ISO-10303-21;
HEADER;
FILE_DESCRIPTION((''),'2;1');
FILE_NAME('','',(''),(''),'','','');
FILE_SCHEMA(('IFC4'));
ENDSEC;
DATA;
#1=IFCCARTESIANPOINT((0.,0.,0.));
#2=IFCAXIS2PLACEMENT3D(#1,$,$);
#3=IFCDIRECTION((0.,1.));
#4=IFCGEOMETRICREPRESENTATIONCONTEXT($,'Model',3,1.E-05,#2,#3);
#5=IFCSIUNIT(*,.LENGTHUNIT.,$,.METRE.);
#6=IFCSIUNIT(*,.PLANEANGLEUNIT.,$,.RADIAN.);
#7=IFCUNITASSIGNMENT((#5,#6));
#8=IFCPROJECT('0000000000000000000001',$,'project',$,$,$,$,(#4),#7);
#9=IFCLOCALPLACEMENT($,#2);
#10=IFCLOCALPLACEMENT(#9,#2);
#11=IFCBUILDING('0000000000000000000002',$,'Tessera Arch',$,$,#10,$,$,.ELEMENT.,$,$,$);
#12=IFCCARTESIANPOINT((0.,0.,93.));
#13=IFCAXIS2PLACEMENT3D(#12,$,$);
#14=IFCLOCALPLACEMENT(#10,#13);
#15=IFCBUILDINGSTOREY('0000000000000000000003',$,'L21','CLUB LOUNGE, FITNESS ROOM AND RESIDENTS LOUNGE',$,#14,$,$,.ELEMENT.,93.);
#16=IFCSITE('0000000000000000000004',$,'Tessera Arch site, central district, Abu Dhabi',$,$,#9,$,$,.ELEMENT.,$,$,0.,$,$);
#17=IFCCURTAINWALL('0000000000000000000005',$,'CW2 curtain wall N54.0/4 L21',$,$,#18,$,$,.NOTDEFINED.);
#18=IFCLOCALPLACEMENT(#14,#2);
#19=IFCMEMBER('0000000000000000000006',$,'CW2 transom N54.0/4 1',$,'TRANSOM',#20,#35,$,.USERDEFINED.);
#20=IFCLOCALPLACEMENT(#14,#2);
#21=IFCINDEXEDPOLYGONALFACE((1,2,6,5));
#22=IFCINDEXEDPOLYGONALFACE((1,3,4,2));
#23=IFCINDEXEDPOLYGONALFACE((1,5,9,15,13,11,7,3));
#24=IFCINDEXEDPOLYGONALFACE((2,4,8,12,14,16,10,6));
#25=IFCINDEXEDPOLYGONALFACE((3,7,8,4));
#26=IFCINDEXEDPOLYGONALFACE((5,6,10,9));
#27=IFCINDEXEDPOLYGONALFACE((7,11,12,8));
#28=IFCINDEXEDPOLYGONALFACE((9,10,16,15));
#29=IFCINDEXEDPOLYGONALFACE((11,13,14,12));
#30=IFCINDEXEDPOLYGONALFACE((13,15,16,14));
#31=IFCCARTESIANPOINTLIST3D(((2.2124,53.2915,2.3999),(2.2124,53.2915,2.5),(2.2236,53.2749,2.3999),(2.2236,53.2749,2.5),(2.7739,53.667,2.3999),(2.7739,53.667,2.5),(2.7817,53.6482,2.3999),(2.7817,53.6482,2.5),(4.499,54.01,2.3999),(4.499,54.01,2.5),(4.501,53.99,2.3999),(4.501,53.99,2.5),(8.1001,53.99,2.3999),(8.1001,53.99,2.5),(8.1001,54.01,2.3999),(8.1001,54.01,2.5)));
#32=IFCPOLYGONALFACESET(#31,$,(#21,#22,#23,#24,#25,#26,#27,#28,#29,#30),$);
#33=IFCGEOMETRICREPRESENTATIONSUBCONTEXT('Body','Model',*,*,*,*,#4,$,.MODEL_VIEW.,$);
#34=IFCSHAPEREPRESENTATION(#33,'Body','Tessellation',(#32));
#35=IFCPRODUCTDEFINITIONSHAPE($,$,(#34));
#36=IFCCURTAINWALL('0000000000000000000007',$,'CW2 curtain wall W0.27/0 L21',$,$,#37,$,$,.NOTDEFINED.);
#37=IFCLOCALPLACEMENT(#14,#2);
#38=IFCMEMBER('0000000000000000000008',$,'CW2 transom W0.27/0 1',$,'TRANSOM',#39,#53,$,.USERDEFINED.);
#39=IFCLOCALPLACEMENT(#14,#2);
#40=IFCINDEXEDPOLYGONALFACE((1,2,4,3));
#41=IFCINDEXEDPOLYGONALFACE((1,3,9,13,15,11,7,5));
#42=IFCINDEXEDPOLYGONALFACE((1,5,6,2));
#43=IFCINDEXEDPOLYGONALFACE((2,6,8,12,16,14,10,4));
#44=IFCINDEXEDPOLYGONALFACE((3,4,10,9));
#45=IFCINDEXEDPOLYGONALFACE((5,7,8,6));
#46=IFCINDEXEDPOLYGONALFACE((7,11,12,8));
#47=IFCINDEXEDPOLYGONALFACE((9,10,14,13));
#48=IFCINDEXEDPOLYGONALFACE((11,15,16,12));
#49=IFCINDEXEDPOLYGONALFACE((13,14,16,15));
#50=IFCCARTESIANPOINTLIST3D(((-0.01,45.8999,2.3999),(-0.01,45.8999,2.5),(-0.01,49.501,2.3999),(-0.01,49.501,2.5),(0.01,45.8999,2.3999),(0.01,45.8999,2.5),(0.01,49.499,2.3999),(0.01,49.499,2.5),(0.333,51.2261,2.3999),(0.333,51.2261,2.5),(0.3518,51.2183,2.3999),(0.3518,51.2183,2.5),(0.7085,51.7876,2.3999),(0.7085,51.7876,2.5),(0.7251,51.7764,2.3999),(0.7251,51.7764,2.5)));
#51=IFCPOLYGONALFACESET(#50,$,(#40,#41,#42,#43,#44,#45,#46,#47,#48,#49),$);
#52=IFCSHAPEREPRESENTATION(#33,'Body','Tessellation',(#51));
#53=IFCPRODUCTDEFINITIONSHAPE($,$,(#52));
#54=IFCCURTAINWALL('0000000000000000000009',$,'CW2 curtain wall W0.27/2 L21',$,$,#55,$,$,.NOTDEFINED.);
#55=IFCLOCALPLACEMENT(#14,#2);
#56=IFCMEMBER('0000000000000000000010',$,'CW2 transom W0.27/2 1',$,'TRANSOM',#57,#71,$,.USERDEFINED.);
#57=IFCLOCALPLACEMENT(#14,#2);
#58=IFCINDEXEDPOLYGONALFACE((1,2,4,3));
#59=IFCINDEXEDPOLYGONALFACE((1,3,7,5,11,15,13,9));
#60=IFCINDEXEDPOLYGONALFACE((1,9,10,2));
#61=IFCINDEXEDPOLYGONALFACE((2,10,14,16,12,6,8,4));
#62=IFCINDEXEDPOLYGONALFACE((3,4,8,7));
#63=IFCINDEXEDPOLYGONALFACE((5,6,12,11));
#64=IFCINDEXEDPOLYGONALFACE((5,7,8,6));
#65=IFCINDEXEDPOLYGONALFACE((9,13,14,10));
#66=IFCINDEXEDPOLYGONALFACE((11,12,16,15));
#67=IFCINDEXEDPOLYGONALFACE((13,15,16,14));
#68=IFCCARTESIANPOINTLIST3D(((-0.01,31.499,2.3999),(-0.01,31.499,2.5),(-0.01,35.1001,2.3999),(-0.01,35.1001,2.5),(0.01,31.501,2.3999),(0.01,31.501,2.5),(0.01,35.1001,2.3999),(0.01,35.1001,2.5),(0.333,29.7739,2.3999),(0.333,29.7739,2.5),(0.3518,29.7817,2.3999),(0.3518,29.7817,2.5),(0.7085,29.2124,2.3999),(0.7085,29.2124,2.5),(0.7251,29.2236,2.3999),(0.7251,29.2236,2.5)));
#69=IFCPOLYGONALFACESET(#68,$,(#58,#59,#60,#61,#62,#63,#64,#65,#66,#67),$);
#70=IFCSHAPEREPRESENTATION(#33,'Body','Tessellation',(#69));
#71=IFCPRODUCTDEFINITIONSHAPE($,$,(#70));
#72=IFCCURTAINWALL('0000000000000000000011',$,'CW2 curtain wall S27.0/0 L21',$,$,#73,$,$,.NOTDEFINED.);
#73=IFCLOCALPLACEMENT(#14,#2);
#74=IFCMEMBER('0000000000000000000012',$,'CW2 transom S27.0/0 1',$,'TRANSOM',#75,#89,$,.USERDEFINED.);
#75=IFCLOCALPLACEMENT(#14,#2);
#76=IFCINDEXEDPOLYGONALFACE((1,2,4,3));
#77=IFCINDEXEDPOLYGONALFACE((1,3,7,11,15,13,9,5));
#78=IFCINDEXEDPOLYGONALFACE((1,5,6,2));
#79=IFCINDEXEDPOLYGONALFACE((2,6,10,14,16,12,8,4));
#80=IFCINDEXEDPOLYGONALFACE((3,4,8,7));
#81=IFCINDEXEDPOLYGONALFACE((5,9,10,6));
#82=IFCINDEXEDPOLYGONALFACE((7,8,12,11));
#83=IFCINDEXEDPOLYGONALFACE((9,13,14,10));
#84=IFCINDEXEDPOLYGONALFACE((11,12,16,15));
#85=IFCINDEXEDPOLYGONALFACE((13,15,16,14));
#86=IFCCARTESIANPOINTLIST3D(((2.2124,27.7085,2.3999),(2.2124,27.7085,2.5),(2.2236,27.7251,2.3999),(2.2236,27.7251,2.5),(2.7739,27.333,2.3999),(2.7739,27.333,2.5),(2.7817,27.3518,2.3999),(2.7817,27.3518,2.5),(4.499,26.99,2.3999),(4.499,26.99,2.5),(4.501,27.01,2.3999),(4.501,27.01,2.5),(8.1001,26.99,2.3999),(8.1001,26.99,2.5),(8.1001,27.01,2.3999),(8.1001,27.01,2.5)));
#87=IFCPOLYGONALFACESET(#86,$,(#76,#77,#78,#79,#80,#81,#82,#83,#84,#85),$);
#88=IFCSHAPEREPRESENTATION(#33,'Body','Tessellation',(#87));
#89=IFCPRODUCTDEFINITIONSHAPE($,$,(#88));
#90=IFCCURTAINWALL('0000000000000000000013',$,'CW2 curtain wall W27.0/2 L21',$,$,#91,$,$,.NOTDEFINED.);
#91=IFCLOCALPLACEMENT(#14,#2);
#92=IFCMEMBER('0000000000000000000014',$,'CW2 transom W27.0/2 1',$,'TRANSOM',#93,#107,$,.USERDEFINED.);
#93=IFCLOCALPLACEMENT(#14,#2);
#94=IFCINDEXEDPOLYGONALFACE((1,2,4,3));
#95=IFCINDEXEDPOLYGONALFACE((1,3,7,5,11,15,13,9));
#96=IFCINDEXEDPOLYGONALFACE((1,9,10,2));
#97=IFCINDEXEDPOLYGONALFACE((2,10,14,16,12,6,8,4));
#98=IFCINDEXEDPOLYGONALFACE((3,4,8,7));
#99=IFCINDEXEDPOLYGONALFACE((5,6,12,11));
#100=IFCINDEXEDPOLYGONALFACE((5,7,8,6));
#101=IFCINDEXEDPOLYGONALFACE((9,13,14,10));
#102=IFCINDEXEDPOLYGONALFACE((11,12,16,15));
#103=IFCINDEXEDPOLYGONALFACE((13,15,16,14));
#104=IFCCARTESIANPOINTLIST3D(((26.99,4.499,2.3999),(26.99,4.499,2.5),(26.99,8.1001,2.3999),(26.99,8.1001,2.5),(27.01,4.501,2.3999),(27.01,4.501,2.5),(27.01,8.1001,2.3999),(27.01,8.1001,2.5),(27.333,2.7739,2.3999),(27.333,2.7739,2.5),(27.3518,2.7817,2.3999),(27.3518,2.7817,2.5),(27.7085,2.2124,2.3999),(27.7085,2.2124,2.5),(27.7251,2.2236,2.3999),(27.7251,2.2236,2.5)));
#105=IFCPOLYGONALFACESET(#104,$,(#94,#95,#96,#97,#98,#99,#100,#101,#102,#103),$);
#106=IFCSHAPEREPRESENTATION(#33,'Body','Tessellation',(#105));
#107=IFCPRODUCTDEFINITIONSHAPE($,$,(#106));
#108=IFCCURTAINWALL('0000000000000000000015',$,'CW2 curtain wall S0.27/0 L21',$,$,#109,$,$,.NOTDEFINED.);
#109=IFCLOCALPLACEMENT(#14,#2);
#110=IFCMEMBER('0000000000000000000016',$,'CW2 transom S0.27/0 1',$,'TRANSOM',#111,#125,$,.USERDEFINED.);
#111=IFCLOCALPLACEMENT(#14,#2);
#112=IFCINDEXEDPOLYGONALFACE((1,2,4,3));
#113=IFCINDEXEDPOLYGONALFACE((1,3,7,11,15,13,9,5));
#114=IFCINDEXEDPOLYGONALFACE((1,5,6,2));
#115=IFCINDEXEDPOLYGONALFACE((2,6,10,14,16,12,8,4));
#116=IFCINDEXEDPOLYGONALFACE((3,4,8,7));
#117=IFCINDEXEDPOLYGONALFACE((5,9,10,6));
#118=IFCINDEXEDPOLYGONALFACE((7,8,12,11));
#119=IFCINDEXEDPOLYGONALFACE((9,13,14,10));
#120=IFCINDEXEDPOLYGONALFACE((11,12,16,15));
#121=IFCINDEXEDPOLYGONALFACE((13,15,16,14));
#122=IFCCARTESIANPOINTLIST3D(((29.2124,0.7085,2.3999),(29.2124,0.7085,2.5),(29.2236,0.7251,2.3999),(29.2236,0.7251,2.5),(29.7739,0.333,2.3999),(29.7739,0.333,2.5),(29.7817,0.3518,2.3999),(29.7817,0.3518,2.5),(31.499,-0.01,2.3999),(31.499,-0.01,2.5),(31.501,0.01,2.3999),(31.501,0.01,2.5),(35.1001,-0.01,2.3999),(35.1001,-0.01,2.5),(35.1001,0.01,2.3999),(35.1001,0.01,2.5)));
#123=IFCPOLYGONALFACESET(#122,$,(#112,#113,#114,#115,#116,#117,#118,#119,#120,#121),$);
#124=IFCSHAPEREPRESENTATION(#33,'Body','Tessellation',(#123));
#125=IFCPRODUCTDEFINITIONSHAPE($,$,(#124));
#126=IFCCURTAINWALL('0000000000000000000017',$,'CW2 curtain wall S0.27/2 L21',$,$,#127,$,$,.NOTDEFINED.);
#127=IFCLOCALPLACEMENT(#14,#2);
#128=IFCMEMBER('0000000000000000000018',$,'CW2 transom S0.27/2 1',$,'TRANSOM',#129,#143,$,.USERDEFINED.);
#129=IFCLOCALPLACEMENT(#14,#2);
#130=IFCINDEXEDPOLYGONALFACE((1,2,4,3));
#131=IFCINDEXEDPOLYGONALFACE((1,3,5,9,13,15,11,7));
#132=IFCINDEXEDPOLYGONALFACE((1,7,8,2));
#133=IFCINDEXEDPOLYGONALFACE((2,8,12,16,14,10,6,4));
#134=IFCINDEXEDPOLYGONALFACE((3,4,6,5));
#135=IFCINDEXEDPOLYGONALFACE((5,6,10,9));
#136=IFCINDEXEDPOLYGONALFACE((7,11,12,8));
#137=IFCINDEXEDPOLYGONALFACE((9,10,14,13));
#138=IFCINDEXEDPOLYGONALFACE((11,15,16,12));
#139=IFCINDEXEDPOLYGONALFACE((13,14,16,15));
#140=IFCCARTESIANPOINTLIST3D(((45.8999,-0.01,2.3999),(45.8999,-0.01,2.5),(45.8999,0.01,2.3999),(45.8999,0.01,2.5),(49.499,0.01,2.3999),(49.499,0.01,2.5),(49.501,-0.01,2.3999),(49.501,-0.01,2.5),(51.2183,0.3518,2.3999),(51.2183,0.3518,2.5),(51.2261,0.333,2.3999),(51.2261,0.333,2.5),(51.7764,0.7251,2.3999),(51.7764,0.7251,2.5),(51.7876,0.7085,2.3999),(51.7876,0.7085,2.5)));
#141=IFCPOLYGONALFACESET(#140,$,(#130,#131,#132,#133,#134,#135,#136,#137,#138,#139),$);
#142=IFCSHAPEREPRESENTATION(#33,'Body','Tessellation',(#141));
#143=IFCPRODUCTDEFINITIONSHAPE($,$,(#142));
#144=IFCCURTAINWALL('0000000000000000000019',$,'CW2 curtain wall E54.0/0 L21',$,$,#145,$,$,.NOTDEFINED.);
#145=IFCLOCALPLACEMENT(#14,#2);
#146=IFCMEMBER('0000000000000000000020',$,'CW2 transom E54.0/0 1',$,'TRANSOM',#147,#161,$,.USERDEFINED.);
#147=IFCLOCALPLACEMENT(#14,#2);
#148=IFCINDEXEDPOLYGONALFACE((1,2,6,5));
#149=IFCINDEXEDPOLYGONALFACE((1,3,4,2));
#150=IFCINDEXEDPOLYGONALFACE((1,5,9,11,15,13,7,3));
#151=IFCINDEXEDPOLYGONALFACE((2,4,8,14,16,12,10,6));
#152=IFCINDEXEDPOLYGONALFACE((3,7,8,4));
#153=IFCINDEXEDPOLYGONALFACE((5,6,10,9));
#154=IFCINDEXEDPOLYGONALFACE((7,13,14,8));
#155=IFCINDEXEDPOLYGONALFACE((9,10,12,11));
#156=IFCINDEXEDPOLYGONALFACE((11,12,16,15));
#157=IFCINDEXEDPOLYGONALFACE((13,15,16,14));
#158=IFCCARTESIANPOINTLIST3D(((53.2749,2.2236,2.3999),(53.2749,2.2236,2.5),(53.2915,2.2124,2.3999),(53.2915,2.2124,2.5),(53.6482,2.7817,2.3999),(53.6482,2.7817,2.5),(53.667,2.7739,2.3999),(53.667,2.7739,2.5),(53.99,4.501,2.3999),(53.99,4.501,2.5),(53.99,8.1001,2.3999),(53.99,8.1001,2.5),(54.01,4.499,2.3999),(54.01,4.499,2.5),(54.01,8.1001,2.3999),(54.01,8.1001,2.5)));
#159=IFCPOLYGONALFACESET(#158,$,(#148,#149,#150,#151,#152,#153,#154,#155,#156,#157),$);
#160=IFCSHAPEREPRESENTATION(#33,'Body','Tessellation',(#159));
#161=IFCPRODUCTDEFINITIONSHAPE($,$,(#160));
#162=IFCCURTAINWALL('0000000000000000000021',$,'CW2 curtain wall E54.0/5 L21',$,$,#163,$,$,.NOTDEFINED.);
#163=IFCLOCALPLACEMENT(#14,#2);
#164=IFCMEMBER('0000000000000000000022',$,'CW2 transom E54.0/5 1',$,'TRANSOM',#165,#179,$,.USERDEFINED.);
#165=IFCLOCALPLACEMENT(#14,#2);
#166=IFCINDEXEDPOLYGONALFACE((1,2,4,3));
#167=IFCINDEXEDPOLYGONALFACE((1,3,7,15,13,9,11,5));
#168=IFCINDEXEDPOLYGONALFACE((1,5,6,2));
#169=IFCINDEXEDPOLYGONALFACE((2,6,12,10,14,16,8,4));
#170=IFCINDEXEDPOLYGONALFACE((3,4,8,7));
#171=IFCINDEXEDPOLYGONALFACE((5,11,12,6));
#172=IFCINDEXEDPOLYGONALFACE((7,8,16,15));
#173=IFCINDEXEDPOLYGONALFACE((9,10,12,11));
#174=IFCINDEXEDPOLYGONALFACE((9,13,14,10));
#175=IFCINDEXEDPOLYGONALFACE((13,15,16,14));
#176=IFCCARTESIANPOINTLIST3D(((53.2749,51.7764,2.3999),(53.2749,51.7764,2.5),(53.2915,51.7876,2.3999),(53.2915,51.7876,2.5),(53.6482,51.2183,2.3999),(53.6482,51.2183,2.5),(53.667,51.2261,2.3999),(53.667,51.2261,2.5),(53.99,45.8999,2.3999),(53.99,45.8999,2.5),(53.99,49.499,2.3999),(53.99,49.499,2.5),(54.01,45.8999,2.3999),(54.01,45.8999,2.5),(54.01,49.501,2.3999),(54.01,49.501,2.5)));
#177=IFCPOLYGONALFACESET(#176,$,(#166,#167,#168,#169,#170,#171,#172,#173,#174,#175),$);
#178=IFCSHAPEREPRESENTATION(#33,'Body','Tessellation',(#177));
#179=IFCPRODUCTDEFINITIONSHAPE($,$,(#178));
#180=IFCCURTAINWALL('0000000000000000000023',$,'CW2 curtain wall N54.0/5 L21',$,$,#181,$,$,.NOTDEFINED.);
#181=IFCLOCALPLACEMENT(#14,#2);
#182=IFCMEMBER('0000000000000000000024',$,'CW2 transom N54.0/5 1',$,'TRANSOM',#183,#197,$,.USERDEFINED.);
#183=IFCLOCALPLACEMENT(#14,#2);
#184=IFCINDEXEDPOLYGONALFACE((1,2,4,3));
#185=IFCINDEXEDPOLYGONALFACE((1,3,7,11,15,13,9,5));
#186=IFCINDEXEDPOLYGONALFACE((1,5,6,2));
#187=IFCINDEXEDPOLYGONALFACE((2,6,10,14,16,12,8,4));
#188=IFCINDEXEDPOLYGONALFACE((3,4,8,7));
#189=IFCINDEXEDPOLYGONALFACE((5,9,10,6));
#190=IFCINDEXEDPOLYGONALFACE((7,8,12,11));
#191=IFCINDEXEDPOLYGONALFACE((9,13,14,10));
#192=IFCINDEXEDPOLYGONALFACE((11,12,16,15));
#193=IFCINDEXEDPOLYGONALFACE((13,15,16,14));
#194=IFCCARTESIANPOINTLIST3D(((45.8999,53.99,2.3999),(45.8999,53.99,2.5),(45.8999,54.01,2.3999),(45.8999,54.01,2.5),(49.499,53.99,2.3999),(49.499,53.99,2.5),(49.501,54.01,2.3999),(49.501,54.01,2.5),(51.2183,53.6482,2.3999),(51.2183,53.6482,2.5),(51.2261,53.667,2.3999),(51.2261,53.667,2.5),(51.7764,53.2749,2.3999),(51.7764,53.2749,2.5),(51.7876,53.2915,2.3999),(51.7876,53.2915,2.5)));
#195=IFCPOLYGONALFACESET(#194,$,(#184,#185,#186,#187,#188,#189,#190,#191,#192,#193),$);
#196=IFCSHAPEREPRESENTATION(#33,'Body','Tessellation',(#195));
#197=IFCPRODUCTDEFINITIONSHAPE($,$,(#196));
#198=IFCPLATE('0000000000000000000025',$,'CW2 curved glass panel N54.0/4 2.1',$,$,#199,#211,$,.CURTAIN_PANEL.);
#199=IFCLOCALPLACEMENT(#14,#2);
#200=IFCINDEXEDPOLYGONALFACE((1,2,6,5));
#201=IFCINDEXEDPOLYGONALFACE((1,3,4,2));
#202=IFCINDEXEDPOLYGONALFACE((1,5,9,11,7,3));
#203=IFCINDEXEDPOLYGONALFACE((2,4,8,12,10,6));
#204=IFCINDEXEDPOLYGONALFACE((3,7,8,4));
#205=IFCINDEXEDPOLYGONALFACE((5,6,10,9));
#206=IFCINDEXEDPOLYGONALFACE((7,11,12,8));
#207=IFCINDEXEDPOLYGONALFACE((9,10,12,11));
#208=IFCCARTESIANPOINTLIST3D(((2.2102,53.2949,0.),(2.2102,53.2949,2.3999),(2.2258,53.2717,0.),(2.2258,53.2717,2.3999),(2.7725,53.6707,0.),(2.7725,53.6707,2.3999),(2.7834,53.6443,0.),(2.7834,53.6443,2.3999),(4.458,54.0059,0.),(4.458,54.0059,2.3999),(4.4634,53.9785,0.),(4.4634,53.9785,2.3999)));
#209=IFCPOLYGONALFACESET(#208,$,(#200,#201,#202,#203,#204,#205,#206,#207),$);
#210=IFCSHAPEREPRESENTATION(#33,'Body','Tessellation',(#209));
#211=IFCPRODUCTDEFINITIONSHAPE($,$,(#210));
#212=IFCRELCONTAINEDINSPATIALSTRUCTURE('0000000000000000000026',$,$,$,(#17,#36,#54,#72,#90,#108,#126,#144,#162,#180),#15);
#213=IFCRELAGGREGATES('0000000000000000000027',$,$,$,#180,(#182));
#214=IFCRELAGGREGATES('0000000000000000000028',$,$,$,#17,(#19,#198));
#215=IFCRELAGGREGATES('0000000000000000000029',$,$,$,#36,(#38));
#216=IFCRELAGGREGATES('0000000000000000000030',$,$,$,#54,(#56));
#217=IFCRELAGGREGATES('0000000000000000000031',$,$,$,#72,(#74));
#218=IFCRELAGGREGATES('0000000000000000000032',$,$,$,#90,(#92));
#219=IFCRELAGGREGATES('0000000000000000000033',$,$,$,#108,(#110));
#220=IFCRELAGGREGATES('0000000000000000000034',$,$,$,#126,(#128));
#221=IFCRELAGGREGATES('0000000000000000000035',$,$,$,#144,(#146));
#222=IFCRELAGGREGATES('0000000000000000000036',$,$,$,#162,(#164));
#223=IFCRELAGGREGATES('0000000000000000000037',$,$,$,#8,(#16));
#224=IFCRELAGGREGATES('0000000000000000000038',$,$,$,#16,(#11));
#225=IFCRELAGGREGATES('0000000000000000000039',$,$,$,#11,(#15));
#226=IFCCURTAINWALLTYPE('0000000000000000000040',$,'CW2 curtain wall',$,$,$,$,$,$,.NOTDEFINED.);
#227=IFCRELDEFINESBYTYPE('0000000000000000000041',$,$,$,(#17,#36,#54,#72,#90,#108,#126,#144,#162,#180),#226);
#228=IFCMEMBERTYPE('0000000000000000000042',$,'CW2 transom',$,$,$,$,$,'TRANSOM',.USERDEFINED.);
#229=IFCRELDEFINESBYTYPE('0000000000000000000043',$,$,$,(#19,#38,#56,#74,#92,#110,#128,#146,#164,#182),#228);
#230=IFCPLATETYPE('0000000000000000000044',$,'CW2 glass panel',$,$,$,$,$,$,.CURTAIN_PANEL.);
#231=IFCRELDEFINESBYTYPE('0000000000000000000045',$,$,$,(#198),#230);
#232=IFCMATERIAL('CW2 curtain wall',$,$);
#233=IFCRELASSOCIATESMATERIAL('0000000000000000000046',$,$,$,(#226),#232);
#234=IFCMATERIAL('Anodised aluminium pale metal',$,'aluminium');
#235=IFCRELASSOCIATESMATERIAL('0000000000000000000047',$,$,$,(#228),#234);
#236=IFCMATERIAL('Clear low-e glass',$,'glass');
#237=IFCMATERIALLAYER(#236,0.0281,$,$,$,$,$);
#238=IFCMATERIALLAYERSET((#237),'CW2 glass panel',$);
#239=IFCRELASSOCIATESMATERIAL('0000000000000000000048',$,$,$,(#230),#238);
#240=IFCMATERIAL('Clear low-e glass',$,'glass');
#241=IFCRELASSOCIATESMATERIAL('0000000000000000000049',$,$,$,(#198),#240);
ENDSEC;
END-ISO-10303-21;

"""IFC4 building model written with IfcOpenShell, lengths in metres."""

from ifc_helpers import new_model, si_unit, direction, frame, origin, origin_2d, place, context, subcontext, project, spatial, polyline, rectangle, outline, extrude, material, layer, layer_set, material_profile, profile_set, type_object, element, aggregate, save


model = new_model("IFC4")

# Units and contexts
model_context = context("Model", 3, precision=1e-05, world=origin(), true_north=direction((0.0, 1.0)))
body_context = subcontext(model_context, "Body", "Model", "MODEL_VIEW")
ifc_project = project(units=[si_unit("LENGTHUNIT", "METRE"), si_unit("PLANEANGLEUNIT", "RADIAN")], contexts=[model_context])

# Site, building, storey
site_placement = place(None, origin())
site = spatial("IfcSite", under=ifc_project, at=site_placement, Name="Tessera Arch site, central district, Abu Dhabi", CompositionType="ELEMENT", RefElevation=0.0)
building_placement = place(site_placement, origin())
building = spatial("IfcBuilding", under=site, at=building_placement, Name="Tessera Arch", CompositionType="ELEMENT")
storey_placement = place(building_placement, frame((0.0, 0.0, 93.0)))
storey = spatial("IfcBuildingStorey", under=building, at=storey_placement, Name="L21", Description="CLUB LOUNGE, FITNESS ROOM AND RESIDENTS LOUNGE", CompositionType="ELEMENT", Elevation=93.0)

# Curtain walls, members
ifc_material_1 = material(Name="CW2 curtain wall")
curtain_wall_type = type_object("IfcCurtainWallType", Name="CW2 curtain wall", PredefinedType="NOTDEFINED", material=ifc_material_1)
curtain_wall_1_placement = place(storey_placement, origin())
curtain_wall_1 = element("IfcCurtainWall", 1, at=curtain_wall_1_placement, inside=storey, type_object=curtain_wall_type, Name="CW2 curtain wall N54.0/4 L21", PredefinedType="NOTDEFINED")
ifc_material_2 = material(Name="Anodised aluminium pale metal", Category="aluminium")
ifc_material_profile = material_profile(ifc_material_2, rectangle(XDim=0.2, YDim=0.1001, at=origin_2d()), Name="AL 200x100")
ifc_profile_set = profile_set([ifc_material_profile], Name="Anodised aluminium pale metal")
member_type = type_object("IfcMemberType", Name="CW2 transom", ElementType="TRANSOM", PredefinedType="USERDEFINED", material=ifc_profile_set)
member_1_placement = place(storey_placement, frame((0.0, 0.0, 2.3999)))
member_1 = element("IfcMember", 2, at=member_1_placement, type_object=member_type, Name="CW2 transom N54.0/4 1", ObjectType="TRANSOM", PredefinedType="USERDEFINED", context=body_context, shape_type="SweptSolid", body=[
    extrude(outline(polyline([(4.501, 53.99), (8.1001, 53.99), (8.1001, 54.01), (4.499, 54.01), (2.7739, 53.667), (2.2124, 53.2915), (2.2236, 53.2749), (2.7817, 53.6482), (4.501, 53.99)])), origin(), (0.0, 0.0, 1.0), 0.1001),
])
curtain_wall_2_placement = place(storey_placement, origin())
curtain_wall_2 = element("IfcCurtainWall", 3, at=curtain_wall_2_placement, inside=storey, type_object=curtain_wall_type, Name="CW2 curtain wall W0.27/0 L21", PredefinedType="NOTDEFINED")
member_2_placement = place(storey_placement, frame((0.0, 0.0, 2.3999)))
member_2 = element("IfcMember", 4, at=member_2_placement, type_object=member_type, Name="CW2 transom W0.27/0 1", ObjectType="TRANSOM", PredefinedType="USERDEFINED", context=body_context, shape_type="SweptSolid", body=[
    extrude(outline(polyline([(0.3518, 51.2183), (0.7251, 51.7764), (0.7085, 51.7876), (0.333, 51.2261), (-0.01, 49.501), (-0.01, 45.8999), (0.01, 45.8999), (0.01, 49.499), (0.3518, 51.2183)])), origin(), (0.0, 0.0, 1.0), 0.1001),
])
curtain_wall_3_placement = place(storey_placement, origin())
curtain_wall_3 = element("IfcCurtainWall", 5, at=curtain_wall_3_placement, inside=storey, type_object=curtain_wall_type, Name="CW2 curtain wall W0.27/2 L21", PredefinedType="NOTDEFINED")
member_3_placement = place(storey_placement, frame((0.0, 0.0, 2.3999)))
member_3 = element("IfcMember", 6, at=member_3_placement, type_object=member_type, Name="CW2 transom W0.27/2 1", ObjectType="TRANSOM", PredefinedType="USERDEFINED", context=body_context, shape_type="SweptSolid", body=[
    extrude(outline(polyline([(0.01, 31.501), (0.01, 35.1001), (-0.01, 35.1001), (-0.01, 31.499), (0.333, 29.7739), (0.7085, 29.2124), (0.7251, 29.2236), (0.3518, 29.7817), (0.01, 31.501)])), origin(), (0.0, 0.0, 1.0), 0.1001),
])
curtain_wall_4_placement = place(storey_placement, origin())
curtain_wall_4 = element("IfcCurtainWall", 7, at=curtain_wall_4_placement, inside=storey, type_object=curtain_wall_type, Name="CW2 curtain wall S27.0/0 L21", PredefinedType="NOTDEFINED")
member_4_placement = place(storey_placement, frame((0.0, 0.0, 2.3999)))
member_4 = element("IfcMember", 8, at=member_4_placement, type_object=member_type, Name="CW2 transom S27.0/0 1", ObjectType="TRANSOM", PredefinedType="USERDEFINED", context=body_context, shape_type="SweptSolid", body=[
    extrude(outline(polyline([(2.7817, 27.3518), (2.2236, 27.7251), (2.2124, 27.7085), (2.7739, 27.333), (4.499, 26.99), (8.1001, 26.99), (8.1001, 27.01), (4.501, 27.01), (2.7817, 27.3518)])), origin(), (0.0, 0.0, 1.0), 0.1001),
])
curtain_wall_5_placement = place(storey_placement, origin())
curtain_wall_5 = element("IfcCurtainWall", 9, at=curtain_wall_5_placement, inside=storey, type_object=curtain_wall_type, Name="CW2 curtain wall W27.0/2 L21", PredefinedType="NOTDEFINED")
member_5_placement = place(storey_placement, frame((0.0, 0.0, 2.3999)))
member_5 = element("IfcMember", 10, at=member_5_placement, type_object=member_type, Name="CW2 transom W27.0/2 1", ObjectType="TRANSOM", PredefinedType="USERDEFINED", context=body_context, shape_type="SweptSolid", body=[
    extrude(outline(polyline([(27.01, 4.501), (27.01, 8.1001), (26.99, 8.1001), (26.99, 4.499), (27.333, 2.7739), (27.7085, 2.2124), (27.7251, 2.2236), (27.3518, 2.7817), (27.01, 4.501)])), origin(), (0.0, 0.0, 1.0), 0.1001),
])
curtain_wall_6_placement = place(storey_placement, origin())
curtain_wall_6 = element("IfcCurtainWall", 11, at=curtain_wall_6_placement, inside=storey, type_object=curtain_wall_type, Name="CW2 curtain wall S0.27/0 L21", PredefinedType="NOTDEFINED")
member_6_placement = place(storey_placement, frame((0.0, 0.0, 2.3999)))
member_6 = element("IfcMember", 12, at=member_6_placement, type_object=member_type, Name="CW2 transom S0.27/0 1", ObjectType="TRANSOM", PredefinedType="USERDEFINED", context=body_context, shape_type="SweptSolid", body=[
    extrude(outline(polyline([(29.7817, 0.3518), (29.2236, 0.7251), (29.2124, 0.7085), (29.7739, 0.333), (31.499, -0.01), (35.1001, -0.01), (35.1001, 0.01), (31.501, 0.01), (29.7817, 0.3518)])), origin(), (0.0, 0.0, 1.0), 0.1001),
])
curtain_wall_7_placement = place(storey_placement, origin())
curtain_wall_7 = element("IfcCurtainWall", 13, at=curtain_wall_7_placement, inside=storey, type_object=curtain_wall_type, Name="CW2 curtain wall S0.27/2 L21", PredefinedType="NOTDEFINED")
member_7_placement = place(storey_placement, frame((0.0, 0.0, 2.3999)))
member_7 = element("IfcMember", 14, at=member_7_placement, type_object=member_type, Name="CW2 transom S0.27/2 1", ObjectType="TRANSOM", PredefinedType="USERDEFINED", context=body_context, shape_type="SweptSolid", body=[
    extrude(outline(polyline([(49.499, 0.01), (45.8999, 0.01), (45.8999, -0.01), (49.501, -0.01), (51.2261, 0.333), (51.7876, 0.7085), (51.7764, 0.7251), (51.2183, 0.3518), (49.499, 0.01)])), origin(), (0.0, 0.0, 1.0), 0.1001),
])
curtain_wall_8_placement = place(storey_placement, origin())
curtain_wall_8 = element("IfcCurtainWall", 15, at=curtain_wall_8_placement, inside=storey, type_object=curtain_wall_type, Name="CW2 curtain wall E54.0/0 L21", PredefinedType="NOTDEFINED")
member_8_placement = place(storey_placement, frame((0.0, 0.0, 2.3999)))
member_8 = element("IfcMember", 16, at=member_8_placement, type_object=member_type, Name="CW2 transom E54.0/0 1", ObjectType="TRANSOM", PredefinedType="USERDEFINED", context=body_context, shape_type="SweptSolid", body=[
    extrude(outline(polyline([(53.6482, 2.7817), (53.2749, 2.2236), (53.2915, 2.2124), (53.667, 2.7739), (54.01, 4.499), (54.01, 8.1001), (53.99, 8.1001), (53.99, 4.501), (53.6482, 2.7817)])), origin(), (0.0, 0.0, 1.0), 0.1001),
])
curtain_wall_9_placement = place(storey_placement, origin())
curtain_wall_9 = element("IfcCurtainWall", 17, at=curtain_wall_9_placement, inside=storey, type_object=curtain_wall_type, Name="CW2 curtain wall E54.0/5 L21", PredefinedType="NOTDEFINED")
member_9_placement = place(storey_placement, frame((0.0, 0.0, 2.3999)))
member_9 = element("IfcMember", 18, at=member_9_placement, type_object=member_type, Name="CW2 transom E54.0/5 1", ObjectType="TRANSOM", PredefinedType="USERDEFINED", context=body_context, shape_type="SweptSolid", body=[
    extrude(outline(polyline([(53.99, 49.499), (53.99, 45.8999), (54.01, 45.8999), (54.01, 49.501), (53.667, 51.2261), (53.2915, 51.7876), (53.2749, 51.7764), (53.6482, 51.2183), (53.99, 49.499)])), origin(), (0.0, 0.0, 1.0), 0.1001),
])
curtain_wall_10_placement = place(storey_placement, origin())
curtain_wall_10 = element("IfcCurtainWall", 19, at=curtain_wall_10_placement, inside=storey, type_object=curtain_wall_type, Name="CW2 curtain wall N54.0/5 L21", PredefinedType="NOTDEFINED")
member_10_placement = place(storey_placement, frame((0.0, 0.0, 2.3999)))
member_10 = element("IfcMember", 20, at=member_10_placement, type_object=member_type, Name="CW2 transom N54.0/5 1", ObjectType="TRANSOM", PredefinedType="USERDEFINED", context=body_context, shape_type="SweptSolid", body=[
    extrude(outline(polyline([(51.2183, 53.6482), (51.7764, 53.2749), (51.7876, 53.2915), (51.2261, 53.667), (49.501, 54.01), (45.8999, 54.01), (45.8999, 53.99), (49.499, 53.99), (51.2183, 53.6482)])), origin(), (0.0, 0.0, 1.0), 0.1001),
])
aggregate(curtain_wall_10, [member_10])

# Plate
ifc_material_3 = material(Name="Clear low-e glass", Category="glass")
ifc_material_4 = material(Name="Clear low-e glass", Category="glass")
ifc_layer_1 = layer(ifc_material_4, 0.0281)
ifc_layer_set_1 = layer_set([ifc_layer_1], Name="CW2 glass panel")
plate_type_1 = type_object("IfcPlateType", Name="CW2 glass panel", PredefinedType="CURTAIN_PANEL", material=ifc_layer_set_1)
plate_1_placement = place(storey_placement, origin())
plate_1 = element("IfcPlate", 21, at=plate_1_placement, type_object=plate_type_1, material=ifc_material_3, Name="CW2 curved glass panel N54.0/4 2.1", PredefinedType="CURTAIN_PANEL", context=body_context, shape_type="SweptSolid", body=[
    extrude(outline(polyline([(2.7834, 53.6443), (4.4634, 53.9785), (4.458, 54.0059), (2.7725, 53.6707), (2.2102, 53.2949), (2.2258, 53.2717), (2.7834, 53.6443)])), origin(), (0.0, 0.0, 1.0), 2.3999),
])
aggregate(curtain_wall_1, [member_1, plate_1])
aggregate(curtain_wall_2, [member_2])
aggregate(curtain_wall_3, [member_3])
aggregate(curtain_wall_4, [member_4])
aggregate(curtain_wall_5, [member_5])
aggregate(curtain_wall_6, [member_6])
aggregate(curtain_wall_7, [member_7])
aggregate(curtain_wall_8, [member_8])
aggregate(curtain_wall_9, [member_9])

save(model, "model.ifc")
